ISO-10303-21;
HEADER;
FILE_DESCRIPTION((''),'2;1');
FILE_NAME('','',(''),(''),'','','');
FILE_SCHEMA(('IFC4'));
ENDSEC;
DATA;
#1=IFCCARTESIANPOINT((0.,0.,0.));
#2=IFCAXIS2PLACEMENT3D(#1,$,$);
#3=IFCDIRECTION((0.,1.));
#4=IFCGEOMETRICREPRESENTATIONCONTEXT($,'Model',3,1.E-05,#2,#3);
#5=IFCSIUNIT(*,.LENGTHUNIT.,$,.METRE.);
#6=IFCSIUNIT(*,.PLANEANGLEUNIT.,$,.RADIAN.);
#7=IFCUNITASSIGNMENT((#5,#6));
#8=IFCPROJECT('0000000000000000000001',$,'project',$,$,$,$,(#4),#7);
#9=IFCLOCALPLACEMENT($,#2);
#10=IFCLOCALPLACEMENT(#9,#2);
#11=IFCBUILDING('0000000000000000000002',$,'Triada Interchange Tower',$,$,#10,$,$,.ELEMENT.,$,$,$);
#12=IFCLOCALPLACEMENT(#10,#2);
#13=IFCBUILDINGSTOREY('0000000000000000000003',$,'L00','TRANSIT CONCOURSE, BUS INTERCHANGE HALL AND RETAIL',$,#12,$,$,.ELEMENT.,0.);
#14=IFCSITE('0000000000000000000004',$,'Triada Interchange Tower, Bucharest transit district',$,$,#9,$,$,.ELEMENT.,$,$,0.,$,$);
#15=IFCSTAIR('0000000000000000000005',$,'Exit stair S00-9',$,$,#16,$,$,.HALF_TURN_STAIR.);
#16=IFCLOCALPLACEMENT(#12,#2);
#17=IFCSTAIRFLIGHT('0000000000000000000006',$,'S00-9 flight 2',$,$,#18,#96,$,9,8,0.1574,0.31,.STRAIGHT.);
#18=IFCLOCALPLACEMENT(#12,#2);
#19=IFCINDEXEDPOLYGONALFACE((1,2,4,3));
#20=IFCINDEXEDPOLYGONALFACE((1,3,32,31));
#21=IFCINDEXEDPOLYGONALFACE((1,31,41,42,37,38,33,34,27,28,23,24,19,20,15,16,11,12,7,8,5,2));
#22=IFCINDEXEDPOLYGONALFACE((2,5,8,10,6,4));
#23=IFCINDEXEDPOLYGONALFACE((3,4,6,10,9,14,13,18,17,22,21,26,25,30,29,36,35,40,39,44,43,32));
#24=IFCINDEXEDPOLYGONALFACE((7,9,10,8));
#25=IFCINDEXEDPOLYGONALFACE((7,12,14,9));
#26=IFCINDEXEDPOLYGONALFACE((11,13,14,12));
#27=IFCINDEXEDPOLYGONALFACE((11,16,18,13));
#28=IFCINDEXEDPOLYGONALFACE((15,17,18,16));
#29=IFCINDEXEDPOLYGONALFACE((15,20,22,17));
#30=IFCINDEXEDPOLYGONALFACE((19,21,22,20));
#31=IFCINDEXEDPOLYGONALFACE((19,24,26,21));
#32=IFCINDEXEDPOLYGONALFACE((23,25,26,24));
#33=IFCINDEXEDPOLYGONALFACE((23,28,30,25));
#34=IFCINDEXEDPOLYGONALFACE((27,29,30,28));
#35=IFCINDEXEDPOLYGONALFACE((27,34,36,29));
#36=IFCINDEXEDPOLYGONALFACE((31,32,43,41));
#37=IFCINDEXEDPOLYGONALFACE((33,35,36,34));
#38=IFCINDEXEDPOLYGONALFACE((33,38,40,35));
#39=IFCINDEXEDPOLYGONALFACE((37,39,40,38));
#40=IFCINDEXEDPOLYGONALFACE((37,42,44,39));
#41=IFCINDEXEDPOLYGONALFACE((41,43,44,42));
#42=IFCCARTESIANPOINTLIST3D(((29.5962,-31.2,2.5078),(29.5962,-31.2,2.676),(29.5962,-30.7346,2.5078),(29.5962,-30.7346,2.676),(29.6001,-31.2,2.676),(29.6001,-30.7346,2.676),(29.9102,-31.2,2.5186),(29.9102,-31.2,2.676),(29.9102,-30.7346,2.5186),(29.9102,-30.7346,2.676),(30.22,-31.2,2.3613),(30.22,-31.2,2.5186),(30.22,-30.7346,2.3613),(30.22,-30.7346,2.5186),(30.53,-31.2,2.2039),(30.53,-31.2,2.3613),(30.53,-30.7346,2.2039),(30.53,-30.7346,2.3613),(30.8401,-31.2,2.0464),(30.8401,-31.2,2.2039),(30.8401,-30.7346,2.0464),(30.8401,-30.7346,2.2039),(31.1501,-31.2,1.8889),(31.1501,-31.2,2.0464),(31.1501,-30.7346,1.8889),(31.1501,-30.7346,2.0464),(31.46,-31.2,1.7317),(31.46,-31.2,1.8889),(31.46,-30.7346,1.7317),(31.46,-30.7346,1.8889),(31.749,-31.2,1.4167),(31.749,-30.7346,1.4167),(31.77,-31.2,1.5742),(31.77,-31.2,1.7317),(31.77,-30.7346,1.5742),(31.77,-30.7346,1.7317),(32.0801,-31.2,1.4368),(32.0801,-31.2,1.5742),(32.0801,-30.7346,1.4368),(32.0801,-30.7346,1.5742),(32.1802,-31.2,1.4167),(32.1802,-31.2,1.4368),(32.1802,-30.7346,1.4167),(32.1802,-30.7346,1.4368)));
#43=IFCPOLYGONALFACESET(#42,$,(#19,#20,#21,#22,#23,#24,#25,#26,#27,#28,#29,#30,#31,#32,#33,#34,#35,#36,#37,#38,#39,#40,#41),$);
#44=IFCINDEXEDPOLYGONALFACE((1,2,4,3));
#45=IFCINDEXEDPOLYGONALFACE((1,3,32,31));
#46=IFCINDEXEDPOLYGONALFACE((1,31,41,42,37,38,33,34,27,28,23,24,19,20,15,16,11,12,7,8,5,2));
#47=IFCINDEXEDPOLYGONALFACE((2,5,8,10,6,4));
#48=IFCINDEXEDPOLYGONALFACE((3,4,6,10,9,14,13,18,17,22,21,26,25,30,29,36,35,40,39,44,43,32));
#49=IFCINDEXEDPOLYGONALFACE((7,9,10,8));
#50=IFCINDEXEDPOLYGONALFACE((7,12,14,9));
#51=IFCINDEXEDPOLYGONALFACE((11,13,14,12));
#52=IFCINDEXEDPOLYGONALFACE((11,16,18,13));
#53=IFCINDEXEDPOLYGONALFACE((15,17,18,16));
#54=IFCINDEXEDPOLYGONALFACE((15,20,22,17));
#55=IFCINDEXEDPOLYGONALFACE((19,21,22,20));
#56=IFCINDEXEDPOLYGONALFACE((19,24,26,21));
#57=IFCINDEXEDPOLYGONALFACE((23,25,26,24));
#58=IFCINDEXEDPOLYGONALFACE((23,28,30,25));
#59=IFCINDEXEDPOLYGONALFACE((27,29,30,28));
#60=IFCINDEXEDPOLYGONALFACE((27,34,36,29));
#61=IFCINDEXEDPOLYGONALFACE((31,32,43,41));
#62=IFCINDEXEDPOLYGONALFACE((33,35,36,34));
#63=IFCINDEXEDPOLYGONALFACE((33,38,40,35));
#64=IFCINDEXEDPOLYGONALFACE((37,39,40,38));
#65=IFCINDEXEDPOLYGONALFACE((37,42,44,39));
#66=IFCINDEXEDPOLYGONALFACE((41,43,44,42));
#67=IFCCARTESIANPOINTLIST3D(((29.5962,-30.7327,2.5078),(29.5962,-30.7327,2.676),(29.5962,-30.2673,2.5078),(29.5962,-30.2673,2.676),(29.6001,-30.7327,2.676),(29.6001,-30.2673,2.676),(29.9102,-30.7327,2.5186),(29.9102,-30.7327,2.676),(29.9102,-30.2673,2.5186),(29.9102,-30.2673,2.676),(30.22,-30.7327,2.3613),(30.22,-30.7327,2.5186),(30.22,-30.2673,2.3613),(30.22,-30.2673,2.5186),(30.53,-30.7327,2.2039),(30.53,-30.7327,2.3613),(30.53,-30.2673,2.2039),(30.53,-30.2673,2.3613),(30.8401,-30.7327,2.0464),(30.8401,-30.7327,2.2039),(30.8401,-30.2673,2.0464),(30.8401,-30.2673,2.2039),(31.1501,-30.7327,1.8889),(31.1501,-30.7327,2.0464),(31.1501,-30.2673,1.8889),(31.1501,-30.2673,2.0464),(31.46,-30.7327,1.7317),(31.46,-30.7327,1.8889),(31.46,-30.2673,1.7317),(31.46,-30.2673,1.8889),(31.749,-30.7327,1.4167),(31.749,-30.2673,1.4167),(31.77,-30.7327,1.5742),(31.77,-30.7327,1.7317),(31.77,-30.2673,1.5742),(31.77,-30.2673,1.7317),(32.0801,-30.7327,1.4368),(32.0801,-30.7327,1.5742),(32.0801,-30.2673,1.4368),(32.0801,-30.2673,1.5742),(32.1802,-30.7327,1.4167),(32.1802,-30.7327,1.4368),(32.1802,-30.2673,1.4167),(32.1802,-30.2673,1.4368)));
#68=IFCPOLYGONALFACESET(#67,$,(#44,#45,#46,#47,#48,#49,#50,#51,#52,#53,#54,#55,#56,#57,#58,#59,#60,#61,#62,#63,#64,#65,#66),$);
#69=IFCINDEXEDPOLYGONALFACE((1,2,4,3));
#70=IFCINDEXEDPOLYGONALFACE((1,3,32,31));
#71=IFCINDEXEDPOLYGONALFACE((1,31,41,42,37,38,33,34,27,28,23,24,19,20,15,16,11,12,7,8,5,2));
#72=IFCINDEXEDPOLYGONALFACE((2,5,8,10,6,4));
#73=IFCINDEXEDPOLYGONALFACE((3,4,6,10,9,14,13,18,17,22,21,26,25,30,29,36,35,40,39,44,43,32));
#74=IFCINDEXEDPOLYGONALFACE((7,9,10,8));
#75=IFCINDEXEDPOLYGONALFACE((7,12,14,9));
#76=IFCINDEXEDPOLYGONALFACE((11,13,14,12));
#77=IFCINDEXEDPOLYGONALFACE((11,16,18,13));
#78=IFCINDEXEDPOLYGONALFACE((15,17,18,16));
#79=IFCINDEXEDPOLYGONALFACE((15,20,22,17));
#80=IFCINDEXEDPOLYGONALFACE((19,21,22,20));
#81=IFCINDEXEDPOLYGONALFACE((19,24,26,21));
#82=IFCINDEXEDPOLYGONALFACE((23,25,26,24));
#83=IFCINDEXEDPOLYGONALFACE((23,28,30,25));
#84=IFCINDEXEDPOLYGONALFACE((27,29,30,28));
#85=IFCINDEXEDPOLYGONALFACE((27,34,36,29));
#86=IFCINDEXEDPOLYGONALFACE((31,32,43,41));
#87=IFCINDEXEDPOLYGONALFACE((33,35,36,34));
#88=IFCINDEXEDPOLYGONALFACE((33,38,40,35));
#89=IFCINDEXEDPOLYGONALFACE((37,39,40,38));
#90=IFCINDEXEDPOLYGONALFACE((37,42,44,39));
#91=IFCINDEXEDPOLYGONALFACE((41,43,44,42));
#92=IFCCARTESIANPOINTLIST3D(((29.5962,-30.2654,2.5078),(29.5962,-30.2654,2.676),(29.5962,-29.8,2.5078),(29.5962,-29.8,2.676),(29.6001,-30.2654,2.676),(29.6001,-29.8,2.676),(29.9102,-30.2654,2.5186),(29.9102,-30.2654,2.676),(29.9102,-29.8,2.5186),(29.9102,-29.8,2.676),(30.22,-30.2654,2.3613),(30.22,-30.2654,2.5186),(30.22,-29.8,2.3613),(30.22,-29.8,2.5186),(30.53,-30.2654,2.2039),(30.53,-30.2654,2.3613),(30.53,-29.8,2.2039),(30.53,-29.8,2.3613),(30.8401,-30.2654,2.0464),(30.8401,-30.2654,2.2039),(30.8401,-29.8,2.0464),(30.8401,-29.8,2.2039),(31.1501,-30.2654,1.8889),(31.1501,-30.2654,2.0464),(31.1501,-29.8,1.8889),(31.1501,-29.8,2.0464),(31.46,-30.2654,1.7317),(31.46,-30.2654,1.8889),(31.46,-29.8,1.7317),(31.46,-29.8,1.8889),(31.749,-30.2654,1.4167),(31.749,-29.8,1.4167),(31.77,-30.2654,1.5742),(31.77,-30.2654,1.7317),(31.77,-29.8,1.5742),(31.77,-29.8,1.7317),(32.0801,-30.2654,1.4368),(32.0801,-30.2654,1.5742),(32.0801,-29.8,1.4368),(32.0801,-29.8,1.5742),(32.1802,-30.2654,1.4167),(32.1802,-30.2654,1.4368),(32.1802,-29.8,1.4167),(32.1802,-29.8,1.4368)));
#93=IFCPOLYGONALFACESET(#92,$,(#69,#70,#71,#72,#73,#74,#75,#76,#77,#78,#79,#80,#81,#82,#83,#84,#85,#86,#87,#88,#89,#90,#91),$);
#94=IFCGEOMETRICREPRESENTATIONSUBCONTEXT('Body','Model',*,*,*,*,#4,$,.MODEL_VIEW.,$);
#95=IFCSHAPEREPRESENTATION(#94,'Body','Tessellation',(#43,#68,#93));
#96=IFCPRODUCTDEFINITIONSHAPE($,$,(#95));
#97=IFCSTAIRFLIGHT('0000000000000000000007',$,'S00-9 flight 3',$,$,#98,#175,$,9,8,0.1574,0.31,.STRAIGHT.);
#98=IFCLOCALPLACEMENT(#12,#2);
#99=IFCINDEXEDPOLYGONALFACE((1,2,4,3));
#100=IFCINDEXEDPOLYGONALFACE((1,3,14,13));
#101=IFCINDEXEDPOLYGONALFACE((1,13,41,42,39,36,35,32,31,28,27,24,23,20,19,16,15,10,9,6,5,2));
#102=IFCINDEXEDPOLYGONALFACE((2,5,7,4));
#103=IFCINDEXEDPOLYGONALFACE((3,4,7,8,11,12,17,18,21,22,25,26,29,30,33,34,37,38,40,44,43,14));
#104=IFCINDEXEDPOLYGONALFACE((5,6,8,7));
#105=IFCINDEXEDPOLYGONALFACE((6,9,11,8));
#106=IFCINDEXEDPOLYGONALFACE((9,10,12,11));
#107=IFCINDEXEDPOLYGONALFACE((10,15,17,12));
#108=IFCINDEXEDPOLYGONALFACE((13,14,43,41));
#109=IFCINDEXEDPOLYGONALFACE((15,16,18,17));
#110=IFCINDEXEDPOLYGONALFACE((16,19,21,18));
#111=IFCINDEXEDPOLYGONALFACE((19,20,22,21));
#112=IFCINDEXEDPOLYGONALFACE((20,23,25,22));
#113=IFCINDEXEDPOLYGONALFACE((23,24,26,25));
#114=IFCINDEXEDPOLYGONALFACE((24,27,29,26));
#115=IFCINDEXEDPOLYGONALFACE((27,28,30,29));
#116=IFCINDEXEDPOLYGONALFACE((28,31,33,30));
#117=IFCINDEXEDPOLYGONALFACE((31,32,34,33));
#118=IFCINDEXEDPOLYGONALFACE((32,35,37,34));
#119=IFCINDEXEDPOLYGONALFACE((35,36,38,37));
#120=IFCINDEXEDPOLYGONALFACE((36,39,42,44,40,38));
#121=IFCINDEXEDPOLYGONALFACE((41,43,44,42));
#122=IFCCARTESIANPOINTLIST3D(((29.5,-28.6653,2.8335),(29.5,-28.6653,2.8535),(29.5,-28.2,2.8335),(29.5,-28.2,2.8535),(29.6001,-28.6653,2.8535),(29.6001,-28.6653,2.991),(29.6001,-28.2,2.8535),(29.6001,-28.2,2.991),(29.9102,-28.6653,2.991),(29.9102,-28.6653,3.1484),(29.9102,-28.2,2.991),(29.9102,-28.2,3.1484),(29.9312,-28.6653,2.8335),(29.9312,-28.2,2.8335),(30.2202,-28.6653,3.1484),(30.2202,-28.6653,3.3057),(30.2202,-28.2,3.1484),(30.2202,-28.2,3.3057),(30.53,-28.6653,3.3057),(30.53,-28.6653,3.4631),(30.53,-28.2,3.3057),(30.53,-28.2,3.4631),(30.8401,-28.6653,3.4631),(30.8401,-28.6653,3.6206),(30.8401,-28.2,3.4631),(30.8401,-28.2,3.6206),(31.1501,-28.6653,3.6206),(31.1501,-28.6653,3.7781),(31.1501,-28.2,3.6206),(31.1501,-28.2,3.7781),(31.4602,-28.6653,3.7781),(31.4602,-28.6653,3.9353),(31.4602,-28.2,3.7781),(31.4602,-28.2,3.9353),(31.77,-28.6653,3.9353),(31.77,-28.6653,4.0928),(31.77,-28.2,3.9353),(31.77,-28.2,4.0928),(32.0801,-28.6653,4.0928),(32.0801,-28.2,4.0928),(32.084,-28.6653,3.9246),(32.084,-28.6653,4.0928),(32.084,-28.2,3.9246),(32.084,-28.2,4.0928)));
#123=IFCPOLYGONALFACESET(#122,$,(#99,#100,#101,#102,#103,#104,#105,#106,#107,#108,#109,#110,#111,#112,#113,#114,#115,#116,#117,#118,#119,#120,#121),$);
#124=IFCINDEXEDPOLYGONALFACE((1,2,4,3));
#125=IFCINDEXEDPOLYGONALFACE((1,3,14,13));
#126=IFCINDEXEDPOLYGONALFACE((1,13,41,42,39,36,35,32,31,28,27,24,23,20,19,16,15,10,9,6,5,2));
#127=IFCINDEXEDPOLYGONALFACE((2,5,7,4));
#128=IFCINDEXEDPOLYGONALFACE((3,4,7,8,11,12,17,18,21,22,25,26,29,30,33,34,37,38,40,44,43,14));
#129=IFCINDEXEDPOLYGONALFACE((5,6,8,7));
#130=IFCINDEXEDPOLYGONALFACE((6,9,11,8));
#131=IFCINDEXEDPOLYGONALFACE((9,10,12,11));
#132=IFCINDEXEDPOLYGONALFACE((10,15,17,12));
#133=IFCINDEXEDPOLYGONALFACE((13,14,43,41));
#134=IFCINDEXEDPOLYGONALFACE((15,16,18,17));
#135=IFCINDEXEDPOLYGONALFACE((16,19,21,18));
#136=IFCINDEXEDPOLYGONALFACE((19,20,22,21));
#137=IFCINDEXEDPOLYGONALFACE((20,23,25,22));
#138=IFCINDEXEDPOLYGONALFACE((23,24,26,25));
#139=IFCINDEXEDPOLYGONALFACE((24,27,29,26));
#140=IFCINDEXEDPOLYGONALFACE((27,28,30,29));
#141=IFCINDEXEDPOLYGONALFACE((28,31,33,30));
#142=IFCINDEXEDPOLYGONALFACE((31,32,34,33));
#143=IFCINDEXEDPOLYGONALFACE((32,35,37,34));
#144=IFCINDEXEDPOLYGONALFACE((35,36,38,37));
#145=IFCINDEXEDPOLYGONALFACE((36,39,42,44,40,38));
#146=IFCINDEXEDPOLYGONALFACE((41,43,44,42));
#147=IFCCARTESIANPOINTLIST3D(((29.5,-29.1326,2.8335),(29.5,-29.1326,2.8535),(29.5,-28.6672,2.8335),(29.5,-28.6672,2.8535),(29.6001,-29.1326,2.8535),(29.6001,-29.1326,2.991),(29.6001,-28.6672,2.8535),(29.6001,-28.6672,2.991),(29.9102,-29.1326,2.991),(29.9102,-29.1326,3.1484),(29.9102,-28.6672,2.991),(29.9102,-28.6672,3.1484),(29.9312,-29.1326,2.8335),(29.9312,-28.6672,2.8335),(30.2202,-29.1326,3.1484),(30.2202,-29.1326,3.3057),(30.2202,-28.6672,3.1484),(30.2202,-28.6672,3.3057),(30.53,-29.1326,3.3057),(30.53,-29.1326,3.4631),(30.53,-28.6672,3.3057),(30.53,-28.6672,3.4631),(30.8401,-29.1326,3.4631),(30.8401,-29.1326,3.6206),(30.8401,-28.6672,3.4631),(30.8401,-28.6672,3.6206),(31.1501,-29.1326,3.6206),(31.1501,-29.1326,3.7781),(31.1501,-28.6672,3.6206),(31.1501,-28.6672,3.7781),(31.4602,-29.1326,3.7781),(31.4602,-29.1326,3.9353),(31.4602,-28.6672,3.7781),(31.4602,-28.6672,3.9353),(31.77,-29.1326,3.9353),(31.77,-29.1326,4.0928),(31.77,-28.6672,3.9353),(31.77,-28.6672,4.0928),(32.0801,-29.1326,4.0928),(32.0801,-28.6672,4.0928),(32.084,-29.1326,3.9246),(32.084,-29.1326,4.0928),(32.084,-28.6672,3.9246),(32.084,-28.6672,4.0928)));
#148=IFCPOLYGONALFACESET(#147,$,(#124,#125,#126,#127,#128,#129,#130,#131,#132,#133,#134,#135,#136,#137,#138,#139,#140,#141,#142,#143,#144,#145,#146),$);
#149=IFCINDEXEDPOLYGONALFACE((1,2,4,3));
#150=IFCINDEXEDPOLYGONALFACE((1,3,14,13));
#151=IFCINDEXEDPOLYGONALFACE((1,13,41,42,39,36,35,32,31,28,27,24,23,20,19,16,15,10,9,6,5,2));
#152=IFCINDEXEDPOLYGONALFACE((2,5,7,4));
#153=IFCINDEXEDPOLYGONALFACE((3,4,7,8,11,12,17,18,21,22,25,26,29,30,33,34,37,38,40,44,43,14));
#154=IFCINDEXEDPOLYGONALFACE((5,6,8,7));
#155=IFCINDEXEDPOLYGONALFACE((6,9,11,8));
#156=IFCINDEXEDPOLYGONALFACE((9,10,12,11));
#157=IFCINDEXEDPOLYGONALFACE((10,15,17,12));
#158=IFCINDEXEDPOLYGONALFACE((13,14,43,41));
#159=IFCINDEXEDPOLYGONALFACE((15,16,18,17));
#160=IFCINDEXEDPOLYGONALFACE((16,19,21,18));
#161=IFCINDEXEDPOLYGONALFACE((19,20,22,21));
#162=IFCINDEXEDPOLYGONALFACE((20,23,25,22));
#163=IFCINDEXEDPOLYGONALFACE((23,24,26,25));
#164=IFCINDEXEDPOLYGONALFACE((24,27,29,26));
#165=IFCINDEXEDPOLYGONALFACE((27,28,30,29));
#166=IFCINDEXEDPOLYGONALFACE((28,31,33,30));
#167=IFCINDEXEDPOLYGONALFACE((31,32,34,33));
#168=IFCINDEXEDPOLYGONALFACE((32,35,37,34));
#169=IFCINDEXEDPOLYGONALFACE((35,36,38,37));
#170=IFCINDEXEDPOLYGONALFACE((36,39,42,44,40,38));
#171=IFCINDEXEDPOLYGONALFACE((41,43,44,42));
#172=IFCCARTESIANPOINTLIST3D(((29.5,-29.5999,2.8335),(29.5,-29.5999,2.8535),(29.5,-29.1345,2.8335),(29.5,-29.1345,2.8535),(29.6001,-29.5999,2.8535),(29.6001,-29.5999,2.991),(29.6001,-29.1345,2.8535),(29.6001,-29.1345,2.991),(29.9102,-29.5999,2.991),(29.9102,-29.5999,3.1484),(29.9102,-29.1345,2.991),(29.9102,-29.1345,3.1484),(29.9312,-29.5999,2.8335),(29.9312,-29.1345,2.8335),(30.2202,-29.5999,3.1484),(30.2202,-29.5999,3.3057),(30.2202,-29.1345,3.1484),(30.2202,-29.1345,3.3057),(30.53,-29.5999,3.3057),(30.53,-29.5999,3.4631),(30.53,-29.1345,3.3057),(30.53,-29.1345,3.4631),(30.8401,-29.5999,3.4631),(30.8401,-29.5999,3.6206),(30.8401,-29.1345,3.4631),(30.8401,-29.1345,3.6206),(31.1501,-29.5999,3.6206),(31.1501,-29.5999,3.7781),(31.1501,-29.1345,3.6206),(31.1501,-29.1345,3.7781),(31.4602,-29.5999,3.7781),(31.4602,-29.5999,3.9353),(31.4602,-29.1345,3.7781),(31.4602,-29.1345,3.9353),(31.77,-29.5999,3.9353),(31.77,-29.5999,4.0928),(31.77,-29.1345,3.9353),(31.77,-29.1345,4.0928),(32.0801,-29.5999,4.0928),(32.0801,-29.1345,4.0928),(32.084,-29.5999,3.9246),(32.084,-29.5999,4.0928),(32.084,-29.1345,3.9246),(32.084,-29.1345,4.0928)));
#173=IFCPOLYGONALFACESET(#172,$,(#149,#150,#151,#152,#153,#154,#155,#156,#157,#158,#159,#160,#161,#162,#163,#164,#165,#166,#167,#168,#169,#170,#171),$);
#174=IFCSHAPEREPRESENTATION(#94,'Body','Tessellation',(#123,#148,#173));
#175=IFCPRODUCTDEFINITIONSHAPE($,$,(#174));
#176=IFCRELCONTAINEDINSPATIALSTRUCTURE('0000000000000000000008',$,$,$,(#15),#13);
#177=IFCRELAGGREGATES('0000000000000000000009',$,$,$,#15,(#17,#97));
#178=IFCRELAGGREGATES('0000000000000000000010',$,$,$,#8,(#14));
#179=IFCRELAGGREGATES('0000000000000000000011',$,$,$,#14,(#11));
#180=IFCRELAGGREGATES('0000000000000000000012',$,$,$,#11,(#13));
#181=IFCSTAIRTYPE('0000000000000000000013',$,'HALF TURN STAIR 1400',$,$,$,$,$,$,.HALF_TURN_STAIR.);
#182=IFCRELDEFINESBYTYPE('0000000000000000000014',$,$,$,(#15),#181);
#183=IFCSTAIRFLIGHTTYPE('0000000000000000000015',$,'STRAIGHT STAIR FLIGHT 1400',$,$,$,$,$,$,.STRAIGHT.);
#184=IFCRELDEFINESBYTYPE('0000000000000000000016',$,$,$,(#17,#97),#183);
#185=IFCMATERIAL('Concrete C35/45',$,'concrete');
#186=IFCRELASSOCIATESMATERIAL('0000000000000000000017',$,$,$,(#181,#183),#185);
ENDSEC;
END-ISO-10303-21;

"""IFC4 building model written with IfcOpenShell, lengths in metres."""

from ifc_helpers import new_model, si_unit, direction, frame, origin, place, context, subcontext, project, spatial, polyline, outline, extrude, material, type_object, element, aggregate, save


model = new_model("IFC4")

# Units and contexts
model_context = context("Model", 3, precision=1e-05, world=origin(), true_north=direction((0.0, 1.0)))
body_context = subcontext(model_context, "Body", "Model", "MODEL_VIEW")
ifc_project = project(units=[si_unit("LENGTHUNIT", "METRE"), si_unit("PLANEANGLEUNIT", "RADIAN")], contexts=[model_context])

# Site, building, storey
site_placement = place(None, origin())
site = spatial("IfcSite", under=ifc_project, at=site_placement, Name="Triada Interchange Tower, Bucharest transit district", CompositionType="ELEMENT", RefElevation=0.0)
building_placement = place(site_placement, origin())
building = spatial("IfcBuilding", under=site, at=building_placement, Name="Triada Interchange Tower", CompositionType="ELEMENT")
storey_placement = place(building_placement, origin())
storey = spatial("IfcBuildingStorey", under=building, at=storey_placement, Name="L00", Description="TRANSIT CONCOURSE, BUS INTERCHANGE HALL AND RETAIL", CompositionType="ELEMENT", Elevation=0.0)

# Stair, stair flights
ifc_material_1 = material(Name="Concrete C35/45", Category="concrete")
stair_type = type_object("IfcStairType", Name="HALF TURN STAIR 1400", PredefinedType="HALF_TURN_STAIR", material=ifc_material_1)
stair_placement = place(storey_placement, origin())
stair = element("IfcStair", 1, at=stair_placement, inside=storey, type_object=stair_type, Name="Exit stair S00-9", PredefinedType="HALF_TURN_STAIR")
stair_flight_type = type_object("IfcStairFlightType", Name="STRAIGHT STAIR FLIGHT 1400", PredefinedType="STRAIGHT", material=ifc_material_1)
stair_flight_1_placement = place(storey_placement, frame((32.0801, -30.5, 1.4167), z_axis=(0.0, 0.0, 1.0), x_axis=(-1.0, 0.0, 0.0)))
stair_flight_1 = element("IfcStairFlight", 2, at=stair_flight_1_placement, type_object=stair_flight_type, Name="S00-9 flight 2", NumberOfRisers=9, NumberOfTreads=8, PredefinedType="STRAIGHT", RiserHeight=0.1574, TreadLength=0.31, context=body_context, shape_type="SweptSolid", body=[
    extrude(outline(polyline([(-0.1001, 0.0), (-0.1001, 0.02), (0.0, 0.02), (0.0, 0.1575), (0.3101, 0.1575), (0.3101, 0.3149), (0.6201, 0.3149), (0.6201, 0.4722), (0.9299, 0.4722), (0.9299, 0.6296), (1.24, 0.6296), (1.24, 0.7871), (1.55, 0.7871), (1.55, 0.9446), (1.8601, 0.9446), (1.8601, 1.1018), (2.1699, 1.1018), (2.1699, 1.2593), (2.48, 1.2593), (2.4839, 1.2593), (2.4839, 1.4167), (2.4839, 1.0911), (0.3311, 0.0), (-0.1001, 0.0)])), frame((0.0, 0.7, 0.0), z_axis=(0.0, -1.0, 0.0), x_axis=(1.0, 0.0, 0.0)), (0.0, 0.0, 1.0), 0.4653),
    extrude(outline(polyline([(-0.1001, 0.0), (-0.1001, 0.02), (0.0, 0.02), (0.0, 0.1575), (0.3101, 0.1575), (0.3101, 0.3149), (0.6201, 0.3149), (0.6201, 0.4722), (0.9299, 0.4722), (0.9299, 0.6296), (1.24, 0.6296), (1.24, 0.7871), (1.55, 0.7871), (1.55, 0.9446), (1.8601, 0.9446), (1.8601, 1.1018), (2.1699, 1.1018), (2.1699, 1.2593), (2.48, 1.2593), (2.4839, 1.2593), (2.4839, 1.4167), (2.4839, 1.0911), (0.3311, 0.0), (-0.1001, 0.0)])), frame((0.0, 0.2327, 0.0), z_axis=(0.0, -1.0, 0.0), x_axis=(1.0, 0.0, 0.0)), (0.0, 0.0, 1.0), 0.4653),
    extrude(outline(polyline([(-0.1001, 0.0), (-0.1001, 0.02), (0.0, 0.02), (0.0, 0.1575), (0.3101, 0.1575), (0.3101, 0.3149), (0.6201, 0.3149), (0.6201, 0.4722), (0.9299, 0.4722), (0.9299, 0.6296), (1.24, 0.6296), (1.24, 0.7871), (1.55, 0.7871), (1.55, 0.9446), (1.8601, 0.9446), (1.8601, 1.1018), (2.1699, 1.1018), (2.1699, 1.2593), (2.48, 1.2593), (2.4839, 1.2593), (2.4839, 1.4167), (2.4839, 1.0911), (0.3311, 0.0), (-0.1001, 0.0)])), frame((0.0, -0.2346, 0.0), z_axis=(0.0, -1.0, 0.0), x_axis=(1.0, 0.0, 0.0)), (0.0, 0.0, 1.0), 0.4653),
])
stair_flight_2_placement = place(storey_placement, frame((29.6001, -28.8999, 2.8335), z_axis=(0.0, 0.0, 1.0), x_axis=(1.0, 0.0, 0.0)))
stair_flight_2 = element("IfcStairFlight", 3, at=stair_flight_2_placement, type_object=stair_flight_type, Name="S00-9 flight 3", NumberOfRisers=9, NumberOfTreads=8, PredefinedType="STRAIGHT", RiserHeight=0.1574, TreadLength=0.31, context=body_context, shape_type="SweptSolid", body=[
    extrude(outline(polyline([(-0.1001, 0.0), (-0.1001, 0.02), (0.0, 0.02), (0.0, 0.1575), (0.3101, 0.1575), (0.3101, 0.3149), (0.6201, 0.3149), (0.6201, 0.4722), (0.9299, 0.4722), (0.9299, 0.6296), (1.24, 0.6296), (1.24, 0.7871), (1.55, 0.7871), (1.55, 0.9446), (1.8601, 0.9446), (1.8601, 1.1018), (2.1699, 1.1018), (2.1699, 1.2593), (2.48, 1.2593), (2.4839, 1.2593), (2.4839, 1.4167), (2.4839, 1.0911), (0.3311, 0.0), (-0.1001, 0.0)])), frame((0.0, 0.7, 0.0), z_axis=(0.0, -1.0, 0.0), x_axis=(1.0, 0.0, 0.0)), (0.0, 0.0, 1.0), 0.4653),
    extrude(outline(polyline([(-0.1001, 0.0), (-0.1001, 0.02), (0.0, 0.02), (0.0, 0.1575), (0.3101, 0.1575), (0.3101, 0.3149), (0.6201, 0.3149), (0.6201, 0.4722), (0.9299, 0.4722), (0.9299, 0.6296), (1.24, 0.6296), (1.24, 0.7871), (1.55, 0.7871), (1.55, 0.9446), (1.8601, 0.9446), (1.8601, 1.1018), (2.1699, 1.1018), (2.1699, 1.2593), (2.48, 1.2593), (2.4839, 1.2593), (2.4839, 1.4167), (2.4839, 1.0911), (0.3311, 0.0), (-0.1001, 0.0)])), frame((0.0, 0.2327, 0.0), z_axis=(0.0, -1.0, 0.0), x_axis=(1.0, 0.0, 0.0)), (0.0, 0.0, 1.0), 0.4653),
    extrude(outline(polyline([(-0.1001, 0.0), (-0.1001, 0.02), (0.0, 0.02), (0.0, 0.1575), (0.3101, 0.1575), (0.3101, 0.3149), (0.6201, 0.3149), (0.6201, 0.4722), (0.9299, 0.4722), (0.9299, 0.6296), (1.24, 0.6296), (1.24, 0.7871), (1.55, 0.7871), (1.55, 0.9446), (1.8601, 0.9446), (1.8601, 1.1018), (2.1699, 1.1018), (2.1699, 1.2593), (2.48, 1.2593), (2.4839, 1.2593), (2.4839, 1.4167), (2.4839, 1.0911), (0.3311, 0.0), (-0.1001, 0.0)])), frame((0.0, -0.2346, 0.0), z_axis=(0.0, -1.0, 0.0), x_axis=(1.0, 0.0, 0.0)), (0.0, 0.0, 1.0), 0.4653),
])
aggregate(stair, [stair_flight_1, stair_flight_2])

save(model, "model.ifc")
